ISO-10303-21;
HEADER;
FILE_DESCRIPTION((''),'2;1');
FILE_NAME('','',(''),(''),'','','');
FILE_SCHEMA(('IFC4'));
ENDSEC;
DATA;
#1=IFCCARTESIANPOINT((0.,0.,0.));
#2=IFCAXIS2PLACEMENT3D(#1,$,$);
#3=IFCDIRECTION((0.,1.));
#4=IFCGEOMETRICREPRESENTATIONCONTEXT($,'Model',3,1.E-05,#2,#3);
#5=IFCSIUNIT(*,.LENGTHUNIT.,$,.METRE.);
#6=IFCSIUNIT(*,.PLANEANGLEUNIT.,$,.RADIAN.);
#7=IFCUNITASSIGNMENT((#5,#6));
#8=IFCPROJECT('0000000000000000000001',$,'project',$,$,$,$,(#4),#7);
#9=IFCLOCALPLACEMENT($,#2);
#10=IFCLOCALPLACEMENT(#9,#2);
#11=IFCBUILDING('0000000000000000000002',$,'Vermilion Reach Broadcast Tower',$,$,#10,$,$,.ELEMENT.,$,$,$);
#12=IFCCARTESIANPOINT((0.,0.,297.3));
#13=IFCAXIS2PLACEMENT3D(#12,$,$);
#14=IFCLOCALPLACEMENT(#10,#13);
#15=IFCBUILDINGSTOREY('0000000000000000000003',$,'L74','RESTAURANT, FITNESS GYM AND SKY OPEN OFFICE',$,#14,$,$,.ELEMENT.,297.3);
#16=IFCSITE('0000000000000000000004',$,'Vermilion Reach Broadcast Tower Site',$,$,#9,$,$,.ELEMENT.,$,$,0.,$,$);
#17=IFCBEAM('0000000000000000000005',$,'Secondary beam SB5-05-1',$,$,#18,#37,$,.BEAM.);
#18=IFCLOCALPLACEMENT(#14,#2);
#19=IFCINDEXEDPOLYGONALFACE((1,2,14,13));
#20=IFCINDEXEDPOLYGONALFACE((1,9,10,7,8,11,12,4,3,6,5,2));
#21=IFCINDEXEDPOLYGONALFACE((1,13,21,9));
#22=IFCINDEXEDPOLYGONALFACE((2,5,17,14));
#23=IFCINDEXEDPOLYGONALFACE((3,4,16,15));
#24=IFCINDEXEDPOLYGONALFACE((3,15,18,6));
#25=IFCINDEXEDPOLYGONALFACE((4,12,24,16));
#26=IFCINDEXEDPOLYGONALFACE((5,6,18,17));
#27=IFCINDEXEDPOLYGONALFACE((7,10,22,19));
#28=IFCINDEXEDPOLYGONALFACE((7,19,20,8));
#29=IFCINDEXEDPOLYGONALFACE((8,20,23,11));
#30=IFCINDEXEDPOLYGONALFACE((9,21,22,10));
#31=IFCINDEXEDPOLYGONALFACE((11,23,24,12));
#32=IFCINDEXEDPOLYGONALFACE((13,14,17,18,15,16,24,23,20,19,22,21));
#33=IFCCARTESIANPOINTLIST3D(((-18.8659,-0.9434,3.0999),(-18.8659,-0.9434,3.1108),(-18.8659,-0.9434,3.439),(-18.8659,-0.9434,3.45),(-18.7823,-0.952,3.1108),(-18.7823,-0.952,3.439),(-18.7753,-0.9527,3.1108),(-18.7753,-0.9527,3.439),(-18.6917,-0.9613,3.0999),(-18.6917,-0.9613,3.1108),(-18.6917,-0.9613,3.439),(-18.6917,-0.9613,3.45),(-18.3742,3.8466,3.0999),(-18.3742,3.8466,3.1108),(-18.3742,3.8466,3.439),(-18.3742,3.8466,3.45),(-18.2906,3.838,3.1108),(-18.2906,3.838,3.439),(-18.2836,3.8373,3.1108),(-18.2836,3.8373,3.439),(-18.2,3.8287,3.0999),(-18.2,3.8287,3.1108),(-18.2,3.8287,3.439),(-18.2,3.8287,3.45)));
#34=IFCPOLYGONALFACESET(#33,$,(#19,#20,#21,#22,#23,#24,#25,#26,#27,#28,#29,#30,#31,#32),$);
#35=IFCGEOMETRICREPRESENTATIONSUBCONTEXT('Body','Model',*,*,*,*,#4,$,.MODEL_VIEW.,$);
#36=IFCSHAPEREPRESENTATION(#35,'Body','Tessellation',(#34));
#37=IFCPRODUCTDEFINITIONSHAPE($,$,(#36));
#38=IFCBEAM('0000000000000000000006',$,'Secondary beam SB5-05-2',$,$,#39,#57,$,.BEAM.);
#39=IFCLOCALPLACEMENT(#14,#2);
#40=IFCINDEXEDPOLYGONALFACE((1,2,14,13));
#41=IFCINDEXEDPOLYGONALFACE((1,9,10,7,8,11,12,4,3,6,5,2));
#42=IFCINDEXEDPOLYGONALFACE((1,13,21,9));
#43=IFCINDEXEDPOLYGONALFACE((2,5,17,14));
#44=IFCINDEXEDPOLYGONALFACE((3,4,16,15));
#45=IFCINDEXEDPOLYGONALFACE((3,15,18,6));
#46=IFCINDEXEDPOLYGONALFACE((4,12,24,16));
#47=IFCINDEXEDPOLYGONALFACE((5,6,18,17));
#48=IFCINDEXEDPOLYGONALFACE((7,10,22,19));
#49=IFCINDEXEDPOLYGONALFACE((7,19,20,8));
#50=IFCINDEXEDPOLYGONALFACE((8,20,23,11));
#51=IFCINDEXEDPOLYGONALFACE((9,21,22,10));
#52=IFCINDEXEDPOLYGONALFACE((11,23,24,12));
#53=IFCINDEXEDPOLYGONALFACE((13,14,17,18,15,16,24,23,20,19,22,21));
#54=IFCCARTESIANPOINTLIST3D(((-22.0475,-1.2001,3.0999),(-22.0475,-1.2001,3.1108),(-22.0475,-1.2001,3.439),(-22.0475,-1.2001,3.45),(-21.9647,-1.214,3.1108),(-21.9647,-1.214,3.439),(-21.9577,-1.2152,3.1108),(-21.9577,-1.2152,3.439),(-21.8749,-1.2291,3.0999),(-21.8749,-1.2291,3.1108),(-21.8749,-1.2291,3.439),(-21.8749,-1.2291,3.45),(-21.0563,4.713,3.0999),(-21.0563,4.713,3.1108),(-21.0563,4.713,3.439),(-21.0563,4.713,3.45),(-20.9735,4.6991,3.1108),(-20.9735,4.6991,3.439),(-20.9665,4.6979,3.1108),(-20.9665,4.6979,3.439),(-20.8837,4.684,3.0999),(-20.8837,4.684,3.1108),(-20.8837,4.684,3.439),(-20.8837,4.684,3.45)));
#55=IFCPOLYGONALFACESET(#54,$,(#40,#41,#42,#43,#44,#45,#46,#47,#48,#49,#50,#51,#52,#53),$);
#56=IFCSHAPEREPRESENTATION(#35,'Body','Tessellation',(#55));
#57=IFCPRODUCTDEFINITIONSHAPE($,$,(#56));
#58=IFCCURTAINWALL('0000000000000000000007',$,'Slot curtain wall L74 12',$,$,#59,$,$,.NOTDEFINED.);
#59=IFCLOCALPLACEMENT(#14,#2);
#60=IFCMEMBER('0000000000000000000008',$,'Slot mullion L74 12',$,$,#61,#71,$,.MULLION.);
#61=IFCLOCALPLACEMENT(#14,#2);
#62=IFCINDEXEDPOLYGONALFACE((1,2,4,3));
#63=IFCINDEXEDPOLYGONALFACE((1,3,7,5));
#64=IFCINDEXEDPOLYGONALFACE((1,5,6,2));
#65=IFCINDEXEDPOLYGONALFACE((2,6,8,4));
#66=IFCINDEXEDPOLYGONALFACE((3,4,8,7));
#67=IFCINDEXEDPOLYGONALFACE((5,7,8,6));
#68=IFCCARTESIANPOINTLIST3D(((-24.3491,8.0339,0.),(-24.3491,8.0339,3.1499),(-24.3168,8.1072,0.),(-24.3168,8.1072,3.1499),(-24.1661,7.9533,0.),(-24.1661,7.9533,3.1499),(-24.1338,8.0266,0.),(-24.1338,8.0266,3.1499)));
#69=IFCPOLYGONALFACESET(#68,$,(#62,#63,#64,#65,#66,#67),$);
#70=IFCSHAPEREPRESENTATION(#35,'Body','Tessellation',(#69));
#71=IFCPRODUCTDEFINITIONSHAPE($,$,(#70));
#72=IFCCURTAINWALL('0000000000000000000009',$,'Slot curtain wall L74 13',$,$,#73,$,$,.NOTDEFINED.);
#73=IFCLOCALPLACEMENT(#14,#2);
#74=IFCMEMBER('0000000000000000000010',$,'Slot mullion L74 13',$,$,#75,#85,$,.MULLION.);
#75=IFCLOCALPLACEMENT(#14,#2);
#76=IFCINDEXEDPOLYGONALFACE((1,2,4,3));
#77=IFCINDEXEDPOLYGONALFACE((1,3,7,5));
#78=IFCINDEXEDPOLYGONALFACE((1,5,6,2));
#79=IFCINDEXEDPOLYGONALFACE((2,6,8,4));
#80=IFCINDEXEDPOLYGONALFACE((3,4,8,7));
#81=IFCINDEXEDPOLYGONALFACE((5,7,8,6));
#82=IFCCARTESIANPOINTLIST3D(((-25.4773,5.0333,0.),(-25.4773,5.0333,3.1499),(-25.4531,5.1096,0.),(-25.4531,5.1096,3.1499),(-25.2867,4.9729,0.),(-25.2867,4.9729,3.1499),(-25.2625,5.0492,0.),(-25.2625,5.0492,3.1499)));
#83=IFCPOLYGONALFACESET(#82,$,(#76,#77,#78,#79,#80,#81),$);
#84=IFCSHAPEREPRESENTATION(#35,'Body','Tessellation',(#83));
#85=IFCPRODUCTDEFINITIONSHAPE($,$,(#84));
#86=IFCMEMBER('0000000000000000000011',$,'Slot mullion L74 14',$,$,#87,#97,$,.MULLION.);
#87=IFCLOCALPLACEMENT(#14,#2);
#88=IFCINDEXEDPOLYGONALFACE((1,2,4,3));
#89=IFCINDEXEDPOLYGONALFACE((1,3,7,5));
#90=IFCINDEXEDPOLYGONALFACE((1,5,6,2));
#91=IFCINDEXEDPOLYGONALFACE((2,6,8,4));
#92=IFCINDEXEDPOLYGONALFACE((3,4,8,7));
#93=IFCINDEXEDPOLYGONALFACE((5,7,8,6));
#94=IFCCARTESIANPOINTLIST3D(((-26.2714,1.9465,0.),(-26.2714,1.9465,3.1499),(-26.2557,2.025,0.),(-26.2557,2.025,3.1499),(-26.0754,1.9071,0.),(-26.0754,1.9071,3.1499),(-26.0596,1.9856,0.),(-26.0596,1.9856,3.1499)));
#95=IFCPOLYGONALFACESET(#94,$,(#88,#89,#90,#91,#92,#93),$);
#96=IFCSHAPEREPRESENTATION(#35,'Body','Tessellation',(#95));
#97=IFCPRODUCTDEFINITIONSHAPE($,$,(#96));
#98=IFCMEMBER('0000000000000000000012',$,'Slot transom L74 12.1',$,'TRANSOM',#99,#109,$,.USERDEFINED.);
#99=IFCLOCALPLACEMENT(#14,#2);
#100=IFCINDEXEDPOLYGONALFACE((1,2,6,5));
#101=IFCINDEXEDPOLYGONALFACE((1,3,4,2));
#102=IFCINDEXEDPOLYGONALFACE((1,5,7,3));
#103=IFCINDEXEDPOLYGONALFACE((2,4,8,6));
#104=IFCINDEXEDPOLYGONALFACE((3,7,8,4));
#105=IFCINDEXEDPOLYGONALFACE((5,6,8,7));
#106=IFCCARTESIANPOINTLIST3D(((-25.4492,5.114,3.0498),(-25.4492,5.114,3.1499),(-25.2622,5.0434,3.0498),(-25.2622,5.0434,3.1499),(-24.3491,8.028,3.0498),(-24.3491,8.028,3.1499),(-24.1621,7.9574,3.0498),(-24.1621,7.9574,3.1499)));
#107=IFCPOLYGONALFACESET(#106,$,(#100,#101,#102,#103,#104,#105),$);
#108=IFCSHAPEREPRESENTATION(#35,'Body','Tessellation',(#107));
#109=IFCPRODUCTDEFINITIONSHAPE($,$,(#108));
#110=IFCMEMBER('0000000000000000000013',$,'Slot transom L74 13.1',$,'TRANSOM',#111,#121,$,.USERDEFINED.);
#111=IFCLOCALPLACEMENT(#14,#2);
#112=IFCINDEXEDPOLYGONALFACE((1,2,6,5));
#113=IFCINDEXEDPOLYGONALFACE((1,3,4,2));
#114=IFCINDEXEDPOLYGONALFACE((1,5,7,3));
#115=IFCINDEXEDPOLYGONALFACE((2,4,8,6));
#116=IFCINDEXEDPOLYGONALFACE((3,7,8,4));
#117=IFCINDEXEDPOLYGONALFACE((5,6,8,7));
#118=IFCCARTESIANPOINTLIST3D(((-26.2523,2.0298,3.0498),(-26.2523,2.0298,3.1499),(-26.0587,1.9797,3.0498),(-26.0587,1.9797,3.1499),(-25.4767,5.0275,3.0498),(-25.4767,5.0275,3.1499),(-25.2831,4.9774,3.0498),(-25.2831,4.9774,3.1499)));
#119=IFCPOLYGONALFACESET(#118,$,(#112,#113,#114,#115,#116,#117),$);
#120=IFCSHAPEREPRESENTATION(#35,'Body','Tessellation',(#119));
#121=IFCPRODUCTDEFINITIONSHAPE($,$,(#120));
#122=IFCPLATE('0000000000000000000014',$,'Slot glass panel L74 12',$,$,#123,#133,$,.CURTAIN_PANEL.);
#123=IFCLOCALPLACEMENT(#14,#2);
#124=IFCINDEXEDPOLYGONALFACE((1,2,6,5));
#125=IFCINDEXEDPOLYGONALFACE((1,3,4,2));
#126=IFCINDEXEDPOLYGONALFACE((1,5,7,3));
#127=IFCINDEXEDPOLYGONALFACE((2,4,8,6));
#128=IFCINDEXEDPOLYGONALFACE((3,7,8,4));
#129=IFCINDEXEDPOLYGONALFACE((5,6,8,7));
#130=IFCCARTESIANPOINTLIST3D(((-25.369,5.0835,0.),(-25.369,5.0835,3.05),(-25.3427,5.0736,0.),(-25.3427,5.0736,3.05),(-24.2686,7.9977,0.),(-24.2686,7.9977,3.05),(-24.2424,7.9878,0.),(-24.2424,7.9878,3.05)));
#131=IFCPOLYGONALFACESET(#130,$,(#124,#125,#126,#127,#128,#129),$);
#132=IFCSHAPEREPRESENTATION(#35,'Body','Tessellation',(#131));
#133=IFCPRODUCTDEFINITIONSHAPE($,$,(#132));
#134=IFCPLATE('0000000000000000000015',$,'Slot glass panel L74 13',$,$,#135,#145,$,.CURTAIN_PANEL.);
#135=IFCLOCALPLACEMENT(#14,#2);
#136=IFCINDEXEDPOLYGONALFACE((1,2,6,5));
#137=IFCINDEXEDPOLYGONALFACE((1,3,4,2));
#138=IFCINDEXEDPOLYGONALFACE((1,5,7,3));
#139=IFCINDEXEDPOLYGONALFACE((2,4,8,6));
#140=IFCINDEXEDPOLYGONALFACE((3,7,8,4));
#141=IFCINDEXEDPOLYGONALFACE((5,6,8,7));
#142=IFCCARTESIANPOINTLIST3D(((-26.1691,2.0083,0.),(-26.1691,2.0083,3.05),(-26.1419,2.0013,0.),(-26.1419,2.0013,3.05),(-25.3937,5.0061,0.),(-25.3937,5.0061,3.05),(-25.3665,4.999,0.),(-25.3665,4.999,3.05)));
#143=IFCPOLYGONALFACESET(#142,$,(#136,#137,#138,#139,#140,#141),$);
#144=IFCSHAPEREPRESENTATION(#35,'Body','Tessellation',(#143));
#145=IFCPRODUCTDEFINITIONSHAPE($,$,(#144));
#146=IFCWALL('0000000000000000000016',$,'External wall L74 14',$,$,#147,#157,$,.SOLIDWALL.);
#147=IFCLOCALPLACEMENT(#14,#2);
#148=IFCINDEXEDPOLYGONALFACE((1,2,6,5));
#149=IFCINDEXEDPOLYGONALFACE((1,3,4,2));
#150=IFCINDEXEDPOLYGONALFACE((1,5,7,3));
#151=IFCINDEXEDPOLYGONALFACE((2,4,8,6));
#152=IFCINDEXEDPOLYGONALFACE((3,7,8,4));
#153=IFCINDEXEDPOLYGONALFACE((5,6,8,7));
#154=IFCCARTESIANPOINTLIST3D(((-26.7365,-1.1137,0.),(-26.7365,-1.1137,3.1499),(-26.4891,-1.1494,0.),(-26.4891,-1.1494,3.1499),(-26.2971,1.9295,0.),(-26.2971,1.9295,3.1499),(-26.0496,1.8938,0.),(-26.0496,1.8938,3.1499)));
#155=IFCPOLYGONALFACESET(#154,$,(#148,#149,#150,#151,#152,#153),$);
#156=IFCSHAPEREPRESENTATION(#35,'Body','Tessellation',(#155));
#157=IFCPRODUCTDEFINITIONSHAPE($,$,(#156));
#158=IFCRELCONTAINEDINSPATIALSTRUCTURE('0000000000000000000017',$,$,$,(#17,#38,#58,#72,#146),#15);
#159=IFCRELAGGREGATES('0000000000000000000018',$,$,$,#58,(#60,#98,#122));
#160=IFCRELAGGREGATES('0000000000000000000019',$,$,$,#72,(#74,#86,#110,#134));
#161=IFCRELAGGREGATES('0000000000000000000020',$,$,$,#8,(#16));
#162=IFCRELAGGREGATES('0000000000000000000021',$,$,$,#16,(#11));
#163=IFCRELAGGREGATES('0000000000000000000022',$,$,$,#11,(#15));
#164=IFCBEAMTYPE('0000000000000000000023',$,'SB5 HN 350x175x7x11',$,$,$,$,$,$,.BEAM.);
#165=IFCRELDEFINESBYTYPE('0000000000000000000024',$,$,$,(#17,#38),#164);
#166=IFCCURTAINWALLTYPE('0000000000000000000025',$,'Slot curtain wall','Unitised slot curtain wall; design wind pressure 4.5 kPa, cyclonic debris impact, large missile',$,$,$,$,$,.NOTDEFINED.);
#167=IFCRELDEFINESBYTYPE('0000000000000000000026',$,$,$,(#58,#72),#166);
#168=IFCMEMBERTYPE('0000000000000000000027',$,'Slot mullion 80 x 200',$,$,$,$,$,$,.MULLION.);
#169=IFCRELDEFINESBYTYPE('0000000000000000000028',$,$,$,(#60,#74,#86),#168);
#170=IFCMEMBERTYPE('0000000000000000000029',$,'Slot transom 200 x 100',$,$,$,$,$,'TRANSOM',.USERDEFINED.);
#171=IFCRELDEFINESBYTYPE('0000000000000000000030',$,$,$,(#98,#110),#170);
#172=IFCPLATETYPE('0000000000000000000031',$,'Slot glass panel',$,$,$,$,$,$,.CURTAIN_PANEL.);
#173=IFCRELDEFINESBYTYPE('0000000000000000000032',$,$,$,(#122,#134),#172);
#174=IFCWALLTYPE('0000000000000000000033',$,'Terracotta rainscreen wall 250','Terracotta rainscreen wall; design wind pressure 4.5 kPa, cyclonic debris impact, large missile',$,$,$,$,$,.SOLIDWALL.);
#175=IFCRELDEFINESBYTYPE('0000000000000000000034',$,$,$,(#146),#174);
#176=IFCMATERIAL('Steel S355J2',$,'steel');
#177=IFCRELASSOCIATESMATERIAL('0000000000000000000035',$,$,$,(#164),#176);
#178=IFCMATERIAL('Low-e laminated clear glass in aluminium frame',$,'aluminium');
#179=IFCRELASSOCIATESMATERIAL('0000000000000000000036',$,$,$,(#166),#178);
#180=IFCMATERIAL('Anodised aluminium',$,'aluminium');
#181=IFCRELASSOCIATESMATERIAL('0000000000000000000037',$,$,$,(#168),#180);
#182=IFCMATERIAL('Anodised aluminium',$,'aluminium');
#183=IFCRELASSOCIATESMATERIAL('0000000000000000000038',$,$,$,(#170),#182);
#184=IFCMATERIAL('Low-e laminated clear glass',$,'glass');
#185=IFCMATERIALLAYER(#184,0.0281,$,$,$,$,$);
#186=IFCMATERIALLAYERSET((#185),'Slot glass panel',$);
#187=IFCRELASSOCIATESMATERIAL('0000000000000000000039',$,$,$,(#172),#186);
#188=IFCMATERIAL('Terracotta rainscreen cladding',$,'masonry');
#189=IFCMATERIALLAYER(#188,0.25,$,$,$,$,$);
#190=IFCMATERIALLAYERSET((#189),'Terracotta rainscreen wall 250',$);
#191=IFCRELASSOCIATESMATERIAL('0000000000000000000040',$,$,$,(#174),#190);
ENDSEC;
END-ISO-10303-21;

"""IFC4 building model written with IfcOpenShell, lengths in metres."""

from ifc_helpers import new_model, si_unit, direction, frame, frame_2d, origin, origin_2d, place, context, subcontext, project, spatial, rectangle, i_section, extrude, material, layer, layer_set, material_profile, profile_set, type_object, element, aggregate, save


model = new_model("IFC4")

# Units and contexts
model_context = context("Model", 3, precision=1e-05, world=origin(), true_north=direction((0.0, 1.0)))
body_context = subcontext(model_context, "Body", "Model", "MODEL_VIEW")
ifc_project = project(units=[si_unit("LENGTHUNIT", "METRE"), si_unit("PLANEANGLEUNIT", "RADIAN")], contexts=[model_context])

# Site, building, storey
site_placement = place(None, origin())
site = spatial("IfcSite", under=ifc_project, at=site_placement, Name="Vermilion Reach Broadcast Tower Site", CompositionType="ELEMENT", RefElevation=0.0)
building_placement = place(site_placement, origin())
building = spatial("IfcBuilding", under=site, at=building_placement, Name="Vermilion Reach Broadcast Tower", CompositionType="ELEMENT")
storey_placement = place(building_placement, frame((0.0, 0.0, 297.3)))
storey = spatial("IfcBuildingStorey", under=building, at=storey_placement, Name="L74", Description="RESTAURANT, FITNESS GYM AND SKY OPEN OFFICE", CompositionType="ELEMENT", Elevation=297.3)

# Beams
ifc_material_1 = material(Name="Steel S355J2", Category="steel")
ifc_material_profile_1 = material_profile(ifc_material_1, i_section(OverallWidth=0.175, OverallDepth=0.3501, WebThickness=0.0071, FlangeThickness=0.011, at=origin_2d()), Name="S355J2 HN 350x175x7x11")
ifc_profile_set_1 = profile_set([ifc_material_profile_1], Name="Steel S355J2")
beam_type_1 = type_object("IfcBeamType", Name="SB5 HN 350x175x7x11", PredefinedType="BEAM", material=ifc_profile_set_1)
beam_1_placement = place(storey_placement, frame((-18.2871, 3.8376, 3.2749), z_axis=(-0.102114, -0.994773, 0.0), x_axis=(0.994773, -0.102114, 0.0)))
element("IfcBeam", 1, at=beam_1_placement, inside=storey, type_object=beam_type_1, Name="Secondary beam SB5-05-1", PredefinedType="BEAM", context=body_context, shape_type="SweptSolid", body=[
    extrude(i_section(OverallWidth=0.175, OverallDepth=0.3501, WebThickness=0.0071, FlangeThickness=0.011, at=origin_2d()), origin(), (0.0, 0.0, 1.0), 4.8152),
])
beam_2_placement = place(storey_placement, frame((-20.97, 4.6985, 3.2749), z_axis=(-0.165323, -0.986239, 0.0), x_axis=(0.986239, -0.165323, 0.0)))
element("IfcBeam", 2, at=beam_2_placement, inside=storey, type_object=beam_type_1, Name="Secondary beam SB5-05-2", PredefinedType="BEAM", context=body_context, shape_type="SweptSolid", body=[
    extrude(i_section(OverallWidth=0.175, OverallDepth=0.3501, WebThickness=0.0071, FlangeThickness=0.011, at=origin_2d()), origin(), (0.0, 0.0, 1.0), 5.9956),
])

# Curtain wall, member
ifc_material_2 = material(Name="Low-e laminated clear glass in aluminium frame", Category="aluminium")
curtain_wall_type = type_object("IfcCurtainWallType", Name="Slot curtain wall", Description="Unitised slot curtain wall; design wind pressure 4.5 kPa, cyclonic debris impact, large missile", PredefinedType="NOTDEFINED", material=ifc_material_2)
placement = place(storey_placement, origin())
curtain_wall_1 = element("IfcCurtainWall", 3, at=placement, inside=storey, type_object=curtain_wall_type, Name="Slot curtain wall L74 12", PredefinedType="NOTDEFINED")
ifc_material_3 = material(Name="Anodised aluminium", Category="aluminium")
ifc_material_profile_2 = material_profile(ifc_material_3, rectangle(XDim=0.2, YDim=0.0801, at=origin_2d()), Name="Slot mullion 80 x 200")
ifc_profile_set_2 = profile_set([ifc_material_profile_2], Name="Anodised aluminium")
member_type_1 = type_object("IfcMemberType", Name="Slot mullion 80 x 200", PredefinedType="MULLION", material=ifc_profile_set_2)
member_1_placement = place(storey_placement, frame((-24.2415, 8.0303, 0.0), z_axis=(0.0, 0.0, 1.0), x_axis=(0.915241, -0.402906, 0.0)))
member_1 = element("IfcMember", 4, at=member_1_placement, type_object=member_type_1, Name="Slot mullion L74 12", PredefinedType="MULLION", context=body_context, shape_type="SweptSolid", body=[
    extrude(rectangle(XDim=0.2, YDim=0.0801, at=origin_2d()), origin(), (0.0, 0.0, 1.0), 3.1499),
])

# Curtain wall, members
curtain_wall_2 = element("IfcCurtainWall", 5, at=placement, inside=storey, type_object=curtain_wall_type, Name="Slot curtain wall L74 13", PredefinedType="NOTDEFINED")
member_2_placement = place(storey_placement, frame((-25.3699, 5.0413, 0.0), z_axis=(0.0, 0.0, 1.0), x_axis=(0.953222, -0.302271, 0.0)))
member_2 = element("IfcMember", 6, at=member_2_placement, type_object=member_type_1, Name="Slot mullion L74 13", PredefinedType="MULLION", context=body_context, shape_type="SweptSolid", body=[
    extrude(rectangle(XDim=0.2, YDim=0.0801, at=origin_2d()), origin(), (0.0, 0.0, 1.0), 3.1499),
])
member_3_placement = place(storey_placement, frame((-26.1655, 1.9661, 0.0), z_axis=(0.0, 0.0, 1.0), x_axis=(0.980412, -0.196956, 0.0)))
member_3 = element("IfcMember", 7, at=member_3_placement, type_object=member_type_1, Name="Slot mullion L74 14", PredefinedType="MULLION", context=body_context, shape_type="SweptSolid", body=[
    extrude(rectangle(XDim=0.2, YDim=0.0801, at=origin_2d()), origin(), (0.0, 0.0, 1.0), 3.1499),
])

# Members
ifc_material_4 = material(Name="Anodised aluminium", Category="aluminium")
ifc_material_profile_3 = material_profile(ifc_material_4, rectangle(XDim=0.2, YDim=0.1001, at=origin_2d()), Name="Slot transom 200 x 100")
ifc_profile_set_3 = profile_set([ifc_material_profile_3], Name="Anodised aluminium")
member_type_2 = type_object("IfcMemberType", Name="Slot transom 200 x 100", ElementType="TRANSOM", PredefinedType="USERDEFINED", material=ifc_profile_set_3)
member_4_placement = place(storey_placement, frame((-24.2556, 7.9927, 3.0999), z_axis=(-0.353184, -0.935554, 0.0), x_axis=(0.935554, -0.353184, 0.0)))
member_4 = element("IfcMember", 8, at=member_4_placement, type_object=member_type_2, Name="Slot transom L74 12.1", ObjectType="TRANSOM", PredefinedType="USERDEFINED", context=body_context, shape_type="SweptSolid", body=[
    extrude(rectangle(XDim=0.2, YDim=0.1001, at=origin_2d()), origin(), (0.0, 0.0, 1.0), 3.1147),
])
member_5_placement = place(storey_placement, frame((-25.3799, 5.0024, 3.0999), z_axis=(-0.250486, -0.96812, 0.0), x_axis=(0.96812, -0.250486, 0.0)))
member_5 = element("IfcMember", 9, at=member_5_placement, type_object=member_type_2, Name="Slot transom L74 13.1", ObjectType="TRANSOM", PredefinedType="USERDEFINED", context=body_context, shape_type="SweptSolid", body=[
    extrude(rectangle(XDim=0.2, YDim=0.1001, at=origin_2d()), origin(), (0.0, 0.0, 1.0), 3.0964),
])

# Plates
ifc_material_5 = material(Name="Low-e laminated clear glass", Category="glass")
ifc_layer_1 = layer(ifc_material_5, 0.0281)
ifc_layer_set_1 = layer_set([ifc_layer_1], Name="Slot glass panel")
plate_type = type_object("IfcPlateType", Name="Slot glass panel", PredefinedType="CURTAIN_PANEL", material=ifc_layer_set_1)
plate_1_placement = place(storey_placement, frame((-24.8057, 6.5356, 0.0), z_axis=(0.0, 0.0, 1.0), x_axis=(-0.353241, -0.935532, 0.0)))
plate_1 = element("IfcPlate", 10, at=plate_1_placement, type_object=plate_type, Name="Slot glass panel L74 12", PredefinedType="CURTAIN_PANEL", context=body_context, shape_type="SweptSolid", body=[
    extrude(rectangle(XDim=3.115, YDim=0.0281, at=origin_2d()), origin(), (0.0, 0.0, 1.0), 3.05),
])
aggregate(curtain_wall_1, [member_1, member_4, plate_1])
plate_2_placement = place(storey_placement, frame((-25.7678, 3.5037, 0.0), z_axis=(0.0, 0.0, 1.0), x_axis=(-0.250422, -0.968137, 0.0)))
plate_2 = element("IfcPlate", 11, at=plate_2_placement, type_object=plate_type, Name="Slot glass panel L74 13", PredefinedType="CURTAIN_PANEL", context=body_context, shape_type="SweptSolid", body=[
    extrude(rectangle(XDim=3.0964, YDim=0.0281, at=origin_2d()), origin(), (0.0, 0.0, 1.0), 3.05),
])
aggregate(curtain_wall_2, [member_2, member_3, member_5, plate_2])

# Wall
ifc_material_6 = material(Name="Terracotta rainscreen cladding", Category="masonry")
ifc_layer_2 = layer(ifc_material_6, 0.25)
ifc_layer_set_2 = layer_set([ifc_layer_2], Name="Terracotta rainscreen wall 250")
wall_type = type_object("IfcWallType", Name="Terracotta rainscreen wall 250", Description="Terracotta rainscreen wall; design wind pressure 4.5 kPa, cyclonic debris impact, large missile", PredefinedType="SOLIDWALL", material=ifc_layer_set_2)
wall_placement = place(storey_placement, frame((-26.1733, 1.9116, 0.0), z_axis=(0.0, 0.0, 1.0), x_axis=(-0.142922, -0.989734, 0.0)))
element("IfcWall", 12, at=wall_placement, inside=storey, type_object=wall_type, Name="External wall L74 14", PredefinedType="SOLIDWALL", context=body_context, shape_type="SweptSolid", body=[
    extrude(rectangle(XDim=3.0747, YDim=0.25, at=frame_2d((1.5374, 0.0))), origin(), (0.0, 0.0, 1.0), 3.1499),
])

save(model, "model.ifc")
